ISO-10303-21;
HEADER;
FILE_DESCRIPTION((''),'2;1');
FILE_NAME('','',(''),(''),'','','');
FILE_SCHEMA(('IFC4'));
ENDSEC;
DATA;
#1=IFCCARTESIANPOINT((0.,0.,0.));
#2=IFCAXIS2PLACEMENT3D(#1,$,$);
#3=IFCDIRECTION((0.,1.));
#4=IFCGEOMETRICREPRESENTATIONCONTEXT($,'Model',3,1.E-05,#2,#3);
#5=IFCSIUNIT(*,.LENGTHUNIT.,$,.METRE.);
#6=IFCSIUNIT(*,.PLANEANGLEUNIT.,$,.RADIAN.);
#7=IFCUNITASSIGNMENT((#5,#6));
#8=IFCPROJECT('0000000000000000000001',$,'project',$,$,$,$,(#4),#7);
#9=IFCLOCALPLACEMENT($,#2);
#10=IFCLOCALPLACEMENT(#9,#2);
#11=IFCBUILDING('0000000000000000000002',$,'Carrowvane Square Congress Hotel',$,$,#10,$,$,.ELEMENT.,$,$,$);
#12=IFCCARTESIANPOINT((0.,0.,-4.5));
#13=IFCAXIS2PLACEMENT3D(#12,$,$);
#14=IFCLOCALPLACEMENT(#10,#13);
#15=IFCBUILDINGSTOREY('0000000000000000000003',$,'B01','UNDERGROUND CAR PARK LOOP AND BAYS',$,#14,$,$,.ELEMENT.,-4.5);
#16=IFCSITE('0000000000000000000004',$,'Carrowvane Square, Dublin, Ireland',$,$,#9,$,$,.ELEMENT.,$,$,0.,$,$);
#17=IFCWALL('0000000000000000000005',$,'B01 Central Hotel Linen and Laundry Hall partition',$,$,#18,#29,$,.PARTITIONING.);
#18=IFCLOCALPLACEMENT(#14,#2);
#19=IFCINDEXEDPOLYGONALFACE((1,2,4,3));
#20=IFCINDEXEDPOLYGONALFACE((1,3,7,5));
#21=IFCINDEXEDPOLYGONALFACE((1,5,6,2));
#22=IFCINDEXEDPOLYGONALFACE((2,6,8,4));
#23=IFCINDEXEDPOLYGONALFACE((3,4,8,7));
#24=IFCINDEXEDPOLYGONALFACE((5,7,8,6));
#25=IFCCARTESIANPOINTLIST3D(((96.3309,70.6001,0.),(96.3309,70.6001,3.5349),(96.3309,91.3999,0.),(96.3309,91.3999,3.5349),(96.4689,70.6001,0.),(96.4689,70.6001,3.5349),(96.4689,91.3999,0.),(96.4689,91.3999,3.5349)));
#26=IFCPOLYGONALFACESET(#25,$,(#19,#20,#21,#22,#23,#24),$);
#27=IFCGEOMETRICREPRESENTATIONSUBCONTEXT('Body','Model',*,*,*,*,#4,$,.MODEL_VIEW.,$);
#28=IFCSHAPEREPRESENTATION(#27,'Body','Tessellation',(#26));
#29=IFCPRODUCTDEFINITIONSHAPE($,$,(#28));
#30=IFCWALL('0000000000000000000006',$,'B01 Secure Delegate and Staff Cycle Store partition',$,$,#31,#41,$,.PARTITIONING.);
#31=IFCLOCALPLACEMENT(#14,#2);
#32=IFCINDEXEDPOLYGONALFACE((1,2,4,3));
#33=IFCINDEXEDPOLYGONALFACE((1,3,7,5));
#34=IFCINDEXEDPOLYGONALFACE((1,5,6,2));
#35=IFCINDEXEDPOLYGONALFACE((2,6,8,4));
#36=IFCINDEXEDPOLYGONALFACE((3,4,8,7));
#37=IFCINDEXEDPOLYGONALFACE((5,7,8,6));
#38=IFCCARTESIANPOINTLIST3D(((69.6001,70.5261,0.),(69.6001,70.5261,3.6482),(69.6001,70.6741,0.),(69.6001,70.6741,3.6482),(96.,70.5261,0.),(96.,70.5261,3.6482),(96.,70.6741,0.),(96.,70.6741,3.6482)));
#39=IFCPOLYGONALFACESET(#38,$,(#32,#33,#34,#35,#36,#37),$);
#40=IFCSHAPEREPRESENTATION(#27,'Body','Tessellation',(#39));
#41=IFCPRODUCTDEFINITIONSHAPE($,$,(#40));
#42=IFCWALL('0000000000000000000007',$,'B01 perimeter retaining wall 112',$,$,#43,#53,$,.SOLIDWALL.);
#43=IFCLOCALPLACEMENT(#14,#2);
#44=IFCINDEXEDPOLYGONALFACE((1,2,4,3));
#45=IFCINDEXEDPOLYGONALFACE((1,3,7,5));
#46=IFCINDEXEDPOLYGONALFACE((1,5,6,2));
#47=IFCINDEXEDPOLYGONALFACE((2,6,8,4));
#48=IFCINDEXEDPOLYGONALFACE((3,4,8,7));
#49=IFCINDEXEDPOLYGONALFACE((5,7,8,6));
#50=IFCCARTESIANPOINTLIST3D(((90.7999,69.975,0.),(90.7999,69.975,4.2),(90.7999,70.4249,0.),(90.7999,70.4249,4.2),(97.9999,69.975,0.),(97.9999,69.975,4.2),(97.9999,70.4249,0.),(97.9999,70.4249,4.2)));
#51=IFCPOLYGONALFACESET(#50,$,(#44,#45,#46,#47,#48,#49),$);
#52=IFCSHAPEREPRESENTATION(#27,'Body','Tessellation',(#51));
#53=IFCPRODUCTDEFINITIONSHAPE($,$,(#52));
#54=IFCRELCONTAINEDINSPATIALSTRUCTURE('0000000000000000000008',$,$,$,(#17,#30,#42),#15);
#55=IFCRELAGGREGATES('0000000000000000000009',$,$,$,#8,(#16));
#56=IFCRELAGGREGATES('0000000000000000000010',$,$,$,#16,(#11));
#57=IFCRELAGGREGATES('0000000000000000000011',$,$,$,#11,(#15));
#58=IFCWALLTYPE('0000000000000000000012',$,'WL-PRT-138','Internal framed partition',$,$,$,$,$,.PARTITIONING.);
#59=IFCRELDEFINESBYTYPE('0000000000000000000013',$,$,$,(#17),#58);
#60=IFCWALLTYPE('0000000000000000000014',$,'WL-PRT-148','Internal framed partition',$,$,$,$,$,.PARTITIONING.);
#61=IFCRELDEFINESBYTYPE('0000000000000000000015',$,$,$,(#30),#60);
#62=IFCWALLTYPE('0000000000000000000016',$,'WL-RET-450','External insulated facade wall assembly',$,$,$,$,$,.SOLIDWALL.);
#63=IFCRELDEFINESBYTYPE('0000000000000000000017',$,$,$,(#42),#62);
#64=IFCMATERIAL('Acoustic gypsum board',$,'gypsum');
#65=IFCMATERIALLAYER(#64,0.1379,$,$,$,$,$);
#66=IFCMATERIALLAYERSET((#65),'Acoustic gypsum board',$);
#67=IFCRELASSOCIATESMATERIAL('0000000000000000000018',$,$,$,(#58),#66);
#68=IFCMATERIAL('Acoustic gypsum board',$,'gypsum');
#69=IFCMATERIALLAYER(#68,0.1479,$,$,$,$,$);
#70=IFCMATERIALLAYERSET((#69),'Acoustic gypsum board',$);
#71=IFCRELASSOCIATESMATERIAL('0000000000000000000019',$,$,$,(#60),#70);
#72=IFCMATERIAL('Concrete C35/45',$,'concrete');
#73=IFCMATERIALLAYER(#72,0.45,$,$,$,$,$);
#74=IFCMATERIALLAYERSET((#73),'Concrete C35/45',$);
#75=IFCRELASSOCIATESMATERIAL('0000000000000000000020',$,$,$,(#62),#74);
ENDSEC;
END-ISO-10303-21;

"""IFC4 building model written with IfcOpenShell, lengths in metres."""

from ifc_helpers import new_model, si_unit, direction, frame, frame_2d, origin, place, context, subcontext, project, spatial, rectangle, extrude, material, layer, layer_set, type_object, element, save


model = new_model("IFC4")

# Units and contexts
model_context = context("Model", 3, precision=1e-05, world=origin(), true_north=direction((0.0, 1.0)))
body_context = subcontext(model_context, "Body", "Model", "MODEL_VIEW")
ifc_project = project(units=[si_unit("LENGTHUNIT", "METRE"), si_unit("PLANEANGLEUNIT", "RADIAN")], contexts=[model_context])

# Site, building, storey
site_placement = place(None, origin())
site = spatial("IfcSite", under=ifc_project, at=site_placement, Name="Carrowvane Square, Dublin, Ireland", CompositionType="ELEMENT", RefElevation=0.0)
building_placement = place(site_placement, origin())
building = spatial("IfcBuilding", under=site, at=building_placement, Name="Carrowvane Square Congress Hotel", CompositionType="ELEMENT")
storey_placement = place(building_placement, frame((0.0, 0.0, -4.5)))
storey = spatial("IfcBuildingStorey", under=building, at=storey_placement, Name="B01", Description="UNDERGROUND CAR PARK LOOP AND BAYS", CompositionType="ELEMENT", Elevation=-4.5)

# Walls
ifc_material_1 = material(Name="Acoustic gypsum board", Category="gypsum")
ifc_layer_1 = layer(ifc_material_1, 0.1379)
ifc_layer_set_1 = layer_set([ifc_layer_1], Name="Acoustic gypsum board")
wall_type_1 = type_object("IfcWallType", Name="WL-PRT-138", Description="Internal framed partition", PredefinedType="PARTITIONING", material=ifc_layer_set_1)
wall_1_placement = place(storey_placement, frame((96.3999, 70.6001, 0.0), z_axis=(0.0, 0.0, 1.0), x_axis=(0.0, 1.0, 0.0)))
element("IfcWall", 1, at=wall_1_placement, inside=storey, type_object=wall_type_1, Name="B01 Central Hotel Linen and Laundry Hall partition", PredefinedType="PARTITIONING", context=body_context, shape_type="SweptSolid", body=[
    extrude(rectangle(XDim=20.7998, YDim=0.1379, at=frame_2d((10.3999, 0.0))), origin(), (0.0, 0.0, 1.0), 3.5349),
])
ifc_material_2 = material(Name="Acoustic gypsum board", Category="gypsum")
ifc_layer_2 = layer(ifc_material_2, 0.1479)
ifc_layer_set_2 = layer_set([ifc_layer_2], Name="Acoustic gypsum board")
wall_type_2 = type_object("IfcWallType", Name="WL-PRT-148", Description="Internal framed partition", PredefinedType="PARTITIONING", material=ifc_layer_set_2)
wall_2_placement = place(storey_placement, frame((96.0, 70.6001, 0.0), z_axis=(0.0, 0.0, 1.0), x_axis=(-1.0, 0.0, 0.0)))
element("IfcWall", 2, at=wall_2_placement, inside=storey, type_object=wall_type_2, Name="B01 Secure Delegate and Staff Cycle Store partition", PredefinedType="PARTITIONING", context=body_context, shape_type="SweptSolid", body=[
    extrude(rectangle(XDim=26.3999, YDim=0.1479, at=frame_2d((13.2, 0.0))), origin(), (0.0, 0.0, 1.0), 3.6482),
])
ifc_material_3 = material(Name="Concrete C35/45", Category="concrete")
ifc_layer_3 = layer(ifc_material_3, 0.45)
ifc_layer_set_3 = layer_set([ifc_layer_3], Name="Concrete C35/45")
wall_type_3 = type_object("IfcWallType", Name="WL-RET-450", Description="External insulated facade wall assembly", PredefinedType="SOLIDWALL", material=ifc_layer_set_3)
wall_3_placement = place(storey_placement, frame((98.0, 70.2, 0.0), z_axis=(0.0, 0.0, 1.0), x_axis=(-1.0, 0.0, 0.0)))
element("IfcWall", 3, at=wall_3_placement, inside=storey, type_object=wall_type_3, Name="B01 perimeter retaining wall 112", PredefinedType="SOLIDWALL", context=body_context, shape_type="SweptSolid", body=[
    extrude(rectangle(XDim=7.2, YDim=0.45, at=frame_2d((3.6001, 0.0))), origin(), (0.0, 0.0, 1.0), 4.2),
])

save(model, "model.ifc")
